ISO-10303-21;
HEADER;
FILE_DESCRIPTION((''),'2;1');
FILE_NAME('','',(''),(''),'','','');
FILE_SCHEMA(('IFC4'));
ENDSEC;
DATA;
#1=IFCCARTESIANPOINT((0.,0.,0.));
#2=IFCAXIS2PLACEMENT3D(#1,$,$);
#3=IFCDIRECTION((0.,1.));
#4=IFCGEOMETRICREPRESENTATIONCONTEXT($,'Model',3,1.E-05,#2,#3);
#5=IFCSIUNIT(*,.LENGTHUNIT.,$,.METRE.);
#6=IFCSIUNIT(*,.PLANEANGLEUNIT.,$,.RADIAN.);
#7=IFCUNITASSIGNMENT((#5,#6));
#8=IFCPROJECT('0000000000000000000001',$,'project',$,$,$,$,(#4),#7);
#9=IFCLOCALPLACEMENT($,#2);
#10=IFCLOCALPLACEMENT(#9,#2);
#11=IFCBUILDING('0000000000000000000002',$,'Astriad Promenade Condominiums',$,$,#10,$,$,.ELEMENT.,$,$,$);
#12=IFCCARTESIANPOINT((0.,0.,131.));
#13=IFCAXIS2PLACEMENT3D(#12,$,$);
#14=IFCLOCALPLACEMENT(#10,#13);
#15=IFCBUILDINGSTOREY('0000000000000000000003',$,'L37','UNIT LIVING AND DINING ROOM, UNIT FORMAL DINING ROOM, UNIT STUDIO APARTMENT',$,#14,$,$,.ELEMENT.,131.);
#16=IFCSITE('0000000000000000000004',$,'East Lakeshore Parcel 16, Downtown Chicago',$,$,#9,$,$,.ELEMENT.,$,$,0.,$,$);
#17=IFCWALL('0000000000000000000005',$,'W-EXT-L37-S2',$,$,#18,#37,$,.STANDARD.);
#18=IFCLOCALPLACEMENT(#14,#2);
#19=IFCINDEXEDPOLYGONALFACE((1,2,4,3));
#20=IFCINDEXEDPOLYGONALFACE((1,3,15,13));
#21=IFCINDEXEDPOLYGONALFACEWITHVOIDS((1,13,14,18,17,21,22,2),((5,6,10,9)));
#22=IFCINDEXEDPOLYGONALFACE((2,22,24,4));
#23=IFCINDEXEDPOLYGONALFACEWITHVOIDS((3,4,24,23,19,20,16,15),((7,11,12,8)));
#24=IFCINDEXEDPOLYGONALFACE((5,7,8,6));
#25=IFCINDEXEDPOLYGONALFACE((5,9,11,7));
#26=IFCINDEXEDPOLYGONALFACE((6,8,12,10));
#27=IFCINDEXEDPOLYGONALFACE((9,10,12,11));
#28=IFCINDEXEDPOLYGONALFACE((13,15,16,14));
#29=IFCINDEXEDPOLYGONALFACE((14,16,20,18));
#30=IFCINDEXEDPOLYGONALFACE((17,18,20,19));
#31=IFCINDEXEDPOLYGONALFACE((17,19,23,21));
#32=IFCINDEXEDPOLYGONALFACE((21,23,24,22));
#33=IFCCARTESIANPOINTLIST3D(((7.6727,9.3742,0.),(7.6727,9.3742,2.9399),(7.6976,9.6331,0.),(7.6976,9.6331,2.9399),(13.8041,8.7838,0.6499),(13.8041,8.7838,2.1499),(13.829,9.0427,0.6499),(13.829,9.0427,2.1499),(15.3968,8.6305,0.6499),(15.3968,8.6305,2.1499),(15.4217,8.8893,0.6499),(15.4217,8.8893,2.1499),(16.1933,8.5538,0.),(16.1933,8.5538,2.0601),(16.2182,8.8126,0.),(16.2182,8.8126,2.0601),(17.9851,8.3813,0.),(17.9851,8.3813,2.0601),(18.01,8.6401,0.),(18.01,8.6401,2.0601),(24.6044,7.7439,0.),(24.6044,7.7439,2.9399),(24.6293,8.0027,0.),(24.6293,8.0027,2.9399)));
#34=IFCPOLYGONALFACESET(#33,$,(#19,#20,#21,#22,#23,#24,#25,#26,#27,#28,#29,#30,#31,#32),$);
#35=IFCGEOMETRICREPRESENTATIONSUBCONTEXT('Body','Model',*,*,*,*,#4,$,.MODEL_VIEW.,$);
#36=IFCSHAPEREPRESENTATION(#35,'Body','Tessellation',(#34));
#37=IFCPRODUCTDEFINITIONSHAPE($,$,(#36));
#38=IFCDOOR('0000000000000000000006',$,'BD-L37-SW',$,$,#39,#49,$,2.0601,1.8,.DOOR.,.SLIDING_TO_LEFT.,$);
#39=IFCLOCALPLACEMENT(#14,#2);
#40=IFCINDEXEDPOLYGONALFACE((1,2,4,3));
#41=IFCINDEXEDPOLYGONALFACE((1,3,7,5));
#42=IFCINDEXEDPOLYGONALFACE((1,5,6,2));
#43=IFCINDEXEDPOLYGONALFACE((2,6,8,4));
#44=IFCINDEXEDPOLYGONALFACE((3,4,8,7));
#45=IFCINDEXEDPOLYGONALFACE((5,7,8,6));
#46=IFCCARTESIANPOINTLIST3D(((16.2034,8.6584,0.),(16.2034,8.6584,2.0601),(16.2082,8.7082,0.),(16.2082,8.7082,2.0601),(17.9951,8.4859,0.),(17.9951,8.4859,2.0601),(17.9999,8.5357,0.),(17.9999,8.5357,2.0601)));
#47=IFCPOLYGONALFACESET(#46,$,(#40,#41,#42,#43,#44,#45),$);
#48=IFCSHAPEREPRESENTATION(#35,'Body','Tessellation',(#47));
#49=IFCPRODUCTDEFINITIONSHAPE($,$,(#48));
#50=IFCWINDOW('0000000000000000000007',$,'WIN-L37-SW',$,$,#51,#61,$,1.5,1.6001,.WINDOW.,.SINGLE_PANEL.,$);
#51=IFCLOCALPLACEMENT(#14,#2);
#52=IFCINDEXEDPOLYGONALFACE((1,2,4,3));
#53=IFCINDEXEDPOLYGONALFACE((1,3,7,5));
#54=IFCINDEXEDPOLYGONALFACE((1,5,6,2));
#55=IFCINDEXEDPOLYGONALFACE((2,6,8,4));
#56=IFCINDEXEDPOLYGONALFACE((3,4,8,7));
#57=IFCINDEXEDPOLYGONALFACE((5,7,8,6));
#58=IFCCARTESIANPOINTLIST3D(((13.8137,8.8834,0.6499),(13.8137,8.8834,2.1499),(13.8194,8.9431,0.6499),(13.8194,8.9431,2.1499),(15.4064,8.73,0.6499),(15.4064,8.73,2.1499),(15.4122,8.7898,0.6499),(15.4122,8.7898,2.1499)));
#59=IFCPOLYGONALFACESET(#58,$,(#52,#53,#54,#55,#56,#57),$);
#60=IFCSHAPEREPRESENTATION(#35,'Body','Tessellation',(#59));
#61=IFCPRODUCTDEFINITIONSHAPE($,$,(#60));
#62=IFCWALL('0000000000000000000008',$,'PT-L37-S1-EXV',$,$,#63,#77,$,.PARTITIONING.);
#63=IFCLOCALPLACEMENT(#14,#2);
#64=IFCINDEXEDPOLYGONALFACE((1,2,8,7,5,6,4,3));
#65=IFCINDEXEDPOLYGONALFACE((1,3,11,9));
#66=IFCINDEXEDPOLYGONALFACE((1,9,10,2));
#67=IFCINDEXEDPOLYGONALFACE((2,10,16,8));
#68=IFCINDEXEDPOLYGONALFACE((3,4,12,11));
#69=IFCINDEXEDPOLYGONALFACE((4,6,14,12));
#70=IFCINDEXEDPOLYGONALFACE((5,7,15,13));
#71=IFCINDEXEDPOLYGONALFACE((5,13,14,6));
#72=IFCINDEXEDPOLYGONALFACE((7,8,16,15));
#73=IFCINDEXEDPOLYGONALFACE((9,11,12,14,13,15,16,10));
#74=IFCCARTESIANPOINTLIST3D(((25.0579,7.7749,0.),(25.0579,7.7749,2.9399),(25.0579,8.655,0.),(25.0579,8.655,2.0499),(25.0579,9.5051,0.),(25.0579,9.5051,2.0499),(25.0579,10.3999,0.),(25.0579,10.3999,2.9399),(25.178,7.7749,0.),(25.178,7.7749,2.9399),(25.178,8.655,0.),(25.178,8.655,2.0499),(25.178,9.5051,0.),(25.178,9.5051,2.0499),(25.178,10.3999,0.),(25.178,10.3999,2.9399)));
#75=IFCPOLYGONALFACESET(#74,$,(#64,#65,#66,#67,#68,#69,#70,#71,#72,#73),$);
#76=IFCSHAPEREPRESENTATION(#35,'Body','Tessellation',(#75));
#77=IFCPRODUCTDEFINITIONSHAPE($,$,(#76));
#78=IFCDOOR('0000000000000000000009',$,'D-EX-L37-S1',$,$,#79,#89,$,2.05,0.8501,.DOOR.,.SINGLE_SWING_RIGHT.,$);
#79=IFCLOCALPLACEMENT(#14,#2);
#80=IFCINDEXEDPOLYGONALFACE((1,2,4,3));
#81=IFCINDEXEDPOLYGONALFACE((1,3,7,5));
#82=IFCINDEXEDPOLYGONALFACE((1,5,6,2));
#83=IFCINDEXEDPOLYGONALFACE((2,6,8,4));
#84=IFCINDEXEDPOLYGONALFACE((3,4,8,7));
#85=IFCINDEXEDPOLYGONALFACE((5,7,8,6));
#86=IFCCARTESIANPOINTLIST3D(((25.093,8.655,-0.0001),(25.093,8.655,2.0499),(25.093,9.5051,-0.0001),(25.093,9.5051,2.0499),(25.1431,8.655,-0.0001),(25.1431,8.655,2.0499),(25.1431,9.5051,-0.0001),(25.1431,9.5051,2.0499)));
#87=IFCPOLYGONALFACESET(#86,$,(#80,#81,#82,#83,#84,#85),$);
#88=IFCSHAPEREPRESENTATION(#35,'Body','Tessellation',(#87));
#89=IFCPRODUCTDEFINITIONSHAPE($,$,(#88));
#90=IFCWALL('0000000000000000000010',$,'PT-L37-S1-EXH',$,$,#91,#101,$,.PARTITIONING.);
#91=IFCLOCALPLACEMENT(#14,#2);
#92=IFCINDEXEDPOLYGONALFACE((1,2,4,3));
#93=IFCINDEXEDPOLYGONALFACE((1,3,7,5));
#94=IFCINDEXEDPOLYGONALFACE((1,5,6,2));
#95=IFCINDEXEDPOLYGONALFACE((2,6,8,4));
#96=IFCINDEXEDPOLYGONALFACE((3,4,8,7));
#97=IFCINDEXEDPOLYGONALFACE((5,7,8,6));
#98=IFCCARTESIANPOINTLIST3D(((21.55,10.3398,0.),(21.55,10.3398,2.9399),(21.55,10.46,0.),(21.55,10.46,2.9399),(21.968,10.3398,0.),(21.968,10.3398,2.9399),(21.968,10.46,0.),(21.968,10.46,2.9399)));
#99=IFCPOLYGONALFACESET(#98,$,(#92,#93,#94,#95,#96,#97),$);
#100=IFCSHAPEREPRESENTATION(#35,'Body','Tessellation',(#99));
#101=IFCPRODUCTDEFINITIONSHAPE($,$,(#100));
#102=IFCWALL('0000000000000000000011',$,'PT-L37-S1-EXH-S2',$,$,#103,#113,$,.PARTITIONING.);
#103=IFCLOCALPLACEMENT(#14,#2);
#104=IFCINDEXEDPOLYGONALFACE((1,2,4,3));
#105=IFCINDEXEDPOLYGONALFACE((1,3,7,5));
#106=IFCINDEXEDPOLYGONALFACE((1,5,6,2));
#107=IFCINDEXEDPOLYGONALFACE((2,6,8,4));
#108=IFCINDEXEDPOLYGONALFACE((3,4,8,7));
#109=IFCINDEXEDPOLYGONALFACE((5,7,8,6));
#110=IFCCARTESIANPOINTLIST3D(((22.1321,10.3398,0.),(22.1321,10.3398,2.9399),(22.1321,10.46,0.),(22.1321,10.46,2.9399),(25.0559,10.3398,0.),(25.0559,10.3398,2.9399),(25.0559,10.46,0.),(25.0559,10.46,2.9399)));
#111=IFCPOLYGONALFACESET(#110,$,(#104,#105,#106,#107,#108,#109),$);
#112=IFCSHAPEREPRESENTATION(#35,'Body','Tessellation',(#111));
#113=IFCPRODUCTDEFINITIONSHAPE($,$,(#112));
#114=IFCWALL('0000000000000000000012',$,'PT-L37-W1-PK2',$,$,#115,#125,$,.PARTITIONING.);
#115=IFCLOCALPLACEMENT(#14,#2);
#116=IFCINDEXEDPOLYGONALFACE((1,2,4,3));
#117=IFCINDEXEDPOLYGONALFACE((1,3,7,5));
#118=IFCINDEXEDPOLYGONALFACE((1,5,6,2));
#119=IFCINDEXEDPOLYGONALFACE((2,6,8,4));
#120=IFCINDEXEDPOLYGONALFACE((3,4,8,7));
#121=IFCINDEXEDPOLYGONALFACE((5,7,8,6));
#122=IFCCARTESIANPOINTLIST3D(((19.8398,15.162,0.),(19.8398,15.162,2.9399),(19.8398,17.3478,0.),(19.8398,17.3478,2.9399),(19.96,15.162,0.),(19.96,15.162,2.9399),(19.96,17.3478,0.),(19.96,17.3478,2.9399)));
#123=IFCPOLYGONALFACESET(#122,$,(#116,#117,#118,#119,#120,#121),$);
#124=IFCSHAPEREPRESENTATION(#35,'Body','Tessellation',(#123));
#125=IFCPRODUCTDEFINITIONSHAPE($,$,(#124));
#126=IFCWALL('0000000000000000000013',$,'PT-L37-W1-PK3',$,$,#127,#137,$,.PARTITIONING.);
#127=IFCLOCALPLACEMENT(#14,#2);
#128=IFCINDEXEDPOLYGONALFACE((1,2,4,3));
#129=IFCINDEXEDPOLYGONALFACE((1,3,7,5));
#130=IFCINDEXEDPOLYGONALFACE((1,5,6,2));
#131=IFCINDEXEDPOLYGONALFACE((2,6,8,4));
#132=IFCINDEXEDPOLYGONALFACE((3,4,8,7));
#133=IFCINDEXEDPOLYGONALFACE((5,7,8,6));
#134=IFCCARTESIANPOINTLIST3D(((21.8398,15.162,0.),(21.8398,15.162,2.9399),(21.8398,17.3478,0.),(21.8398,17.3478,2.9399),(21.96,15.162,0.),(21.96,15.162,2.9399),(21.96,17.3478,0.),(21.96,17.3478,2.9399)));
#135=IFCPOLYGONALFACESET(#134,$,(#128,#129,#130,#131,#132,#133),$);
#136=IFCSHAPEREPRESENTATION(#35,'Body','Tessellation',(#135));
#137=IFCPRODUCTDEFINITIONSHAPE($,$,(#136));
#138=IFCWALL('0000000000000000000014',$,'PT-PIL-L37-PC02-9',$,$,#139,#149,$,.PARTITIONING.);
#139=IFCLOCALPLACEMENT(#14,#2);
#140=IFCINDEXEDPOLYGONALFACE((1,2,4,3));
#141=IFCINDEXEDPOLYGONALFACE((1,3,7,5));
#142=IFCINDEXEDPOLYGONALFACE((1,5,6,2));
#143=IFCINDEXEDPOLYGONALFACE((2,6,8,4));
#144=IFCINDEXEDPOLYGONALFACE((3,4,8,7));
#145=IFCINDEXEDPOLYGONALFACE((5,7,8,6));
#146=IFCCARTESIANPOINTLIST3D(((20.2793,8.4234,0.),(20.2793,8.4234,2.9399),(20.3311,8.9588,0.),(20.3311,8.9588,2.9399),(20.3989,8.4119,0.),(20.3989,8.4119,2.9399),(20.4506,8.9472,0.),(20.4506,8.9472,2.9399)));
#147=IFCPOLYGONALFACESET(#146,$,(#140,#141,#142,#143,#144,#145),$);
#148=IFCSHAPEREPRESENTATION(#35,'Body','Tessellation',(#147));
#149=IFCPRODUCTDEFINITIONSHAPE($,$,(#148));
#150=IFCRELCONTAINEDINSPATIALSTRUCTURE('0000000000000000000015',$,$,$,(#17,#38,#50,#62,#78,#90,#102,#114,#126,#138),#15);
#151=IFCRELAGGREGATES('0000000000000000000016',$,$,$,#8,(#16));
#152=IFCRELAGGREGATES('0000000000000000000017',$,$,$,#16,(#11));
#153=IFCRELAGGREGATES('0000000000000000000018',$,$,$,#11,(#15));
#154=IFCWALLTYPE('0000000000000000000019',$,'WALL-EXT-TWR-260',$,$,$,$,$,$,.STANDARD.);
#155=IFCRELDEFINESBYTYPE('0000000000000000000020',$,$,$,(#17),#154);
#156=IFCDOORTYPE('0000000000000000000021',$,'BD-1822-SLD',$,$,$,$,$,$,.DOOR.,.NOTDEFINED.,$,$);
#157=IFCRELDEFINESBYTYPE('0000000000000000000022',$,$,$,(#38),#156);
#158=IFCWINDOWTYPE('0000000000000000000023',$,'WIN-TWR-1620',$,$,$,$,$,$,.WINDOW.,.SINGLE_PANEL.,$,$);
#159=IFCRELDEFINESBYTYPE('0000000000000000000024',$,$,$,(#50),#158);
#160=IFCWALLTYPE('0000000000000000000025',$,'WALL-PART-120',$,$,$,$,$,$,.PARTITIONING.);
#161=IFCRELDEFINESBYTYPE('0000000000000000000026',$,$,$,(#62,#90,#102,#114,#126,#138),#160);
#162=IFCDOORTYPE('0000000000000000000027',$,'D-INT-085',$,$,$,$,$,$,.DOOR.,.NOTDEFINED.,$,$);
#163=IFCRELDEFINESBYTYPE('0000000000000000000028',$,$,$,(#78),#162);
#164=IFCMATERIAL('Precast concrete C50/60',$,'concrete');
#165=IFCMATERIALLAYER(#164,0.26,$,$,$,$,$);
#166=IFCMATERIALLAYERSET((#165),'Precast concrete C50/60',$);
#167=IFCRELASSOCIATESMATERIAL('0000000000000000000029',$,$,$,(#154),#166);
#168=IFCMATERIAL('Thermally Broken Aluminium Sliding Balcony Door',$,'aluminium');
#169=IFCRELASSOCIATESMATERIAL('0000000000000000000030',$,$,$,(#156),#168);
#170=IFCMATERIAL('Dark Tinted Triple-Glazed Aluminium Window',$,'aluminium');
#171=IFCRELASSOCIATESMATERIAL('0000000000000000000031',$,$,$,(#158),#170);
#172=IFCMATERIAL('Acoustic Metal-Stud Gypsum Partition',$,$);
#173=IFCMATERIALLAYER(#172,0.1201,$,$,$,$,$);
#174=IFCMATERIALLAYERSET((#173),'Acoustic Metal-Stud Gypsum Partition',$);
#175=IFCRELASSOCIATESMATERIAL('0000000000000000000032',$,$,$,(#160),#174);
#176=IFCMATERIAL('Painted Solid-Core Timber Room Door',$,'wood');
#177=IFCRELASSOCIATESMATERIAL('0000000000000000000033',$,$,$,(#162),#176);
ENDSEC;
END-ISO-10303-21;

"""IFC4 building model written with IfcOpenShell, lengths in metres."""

from ifc_helpers import new_model, si_unit, direction, frame, frame_2d, origin, place, context, subcontext, project, spatial, rectangle, extrude, source, transform, mapped, material, layer, layer_set, type_object, type_shapes, element, fill, save


model = new_model("IFC4")

# Units and contexts
model_context = context("Model", 3, precision=1e-05, world=origin(), true_north=direction((0.0, 1.0)))
body_context = subcontext(model_context, "Body", "Model", "MODEL_VIEW")
ifc_project = project(units=[si_unit("LENGTHUNIT", "METRE"), si_unit("PLANEANGLEUNIT", "RADIAN")], contexts=[model_context])

# Site, building, storey
site_placement = place(None, origin())
site = spatial("IfcSite", under=ifc_project, at=site_placement, Name="East Lakeshore Parcel 16, Downtown Chicago", CompositionType="ELEMENT", RefElevation=0.0)
building_placement = place(site_placement, origin())
building = spatial("IfcBuilding", under=site, at=building_placement, Name="Astriad Promenade Condominiums", CompositionType="ELEMENT")
storey_placement = place(building_placement, frame((0.0, 0.0, 131.0)))
storey = spatial("IfcBuildingStorey", under=building, at=storey_placement, Name="L37", Description="UNIT LIVING AND DINING ROOM, UNIT FORMAL DINING ROOM, UNIT STUDIO APARTMENT", CompositionType="ELEMENT", Elevation=131.0)

# Wall, openings, door, window
ifc_material_1 = material(Name="Precast concrete C50/60", Category="concrete")
ifc_layer_1 = layer(ifc_material_1, 0.26)
ifc_layer_set_1 = layer_set([ifc_layer_1], Name="Precast concrete C50/60")
wall_type_1 = type_object("IfcWallType", Name="WALL-EXT-TWR-260", PredefinedType="STANDARD", material=ifc_layer_set_1)
wall_1_placement = place(storey_placement, frame((24.6167, 7.8733, 0.0), z_axis=(0.0, 0.0, 1.0), x_axis=(-0.995396, 0.095848, 0.0)))
wall_1 = element("IfcWall", 1, at=wall_1_placement, inside=storey, type_object=wall_type_1, Name="W-EXT-L37-S2", PredefinedType="STANDARD", context=body_context, shape_type="SweptSolid", body=[
    extrude(rectangle(XDim=17.01, YDim=0.26, at=frame_2d((8.5049, 0.0))), origin(), (0.0, 0.0, 1.0), 2.9399),
])
opening_1_placement = place(wall_1_placement, frame((6.6499, 0.0, 0.0)))
opening_1 = element("IfcOpeningElement", 2, at=opening_1_placement, cuts=wall_1, PredefinedType="OPENING", context=body_context, shape_type="SweptSolid", body=[
    extrude(rectangle(XDim=1.8, YDim=2.0601, at=frame_2d((0.8999, 1.03))), frame((0.0, 0.1399, 0.0), z_axis=(0.0, -1.0, 0.0), x_axis=(1.0, 0.0, 0.0)), (0.0, 0.0, 1.0), 0.28),
])
opening_2_placement = place(wall_1_placement, frame((9.25, 0.0, 0.6499)))
opening_2 = element("IfcOpeningElement", 3, at=opening_2_placement, cuts=wall_1, PredefinedType="OPENING", context=body_context, shape_type="SweptSolid", body=[
    extrude(rectangle(XDim=1.6001, YDim=1.5, at=frame_2d((0.8, 0.75))), frame((0.0, 0.1399, 0.0), z_axis=(0.0, -1.0, 0.0), x_axis=(1.0, 0.0, 0.0)), (0.0, 0.0, 1.0), 0.28),
])
ifc_material_2 = material(Name="Thermally Broken Aluminium Sliding Balcony Door", Category="aluminium")
door_type_1 = type_object("IfcDoorType", Name="BD-1822-SLD", OperationType="NOTDEFINED", PredefinedType="DOOR", material=ifc_material_2)
shared_shape_1 = source(origin(), body_context, "Body", "SweptSolid", [
    extrude(rectangle(XDim=1.8, YDim=2.0601, at=frame_2d((0.8999, 1.03))), frame((0.0, 0.0249, 0.0), z_axis=(0.0, -1.0, 0.0), x_axis=(1.0, 0.0, 0.0)), (0.0, 0.0, 1.0), 0.05),
])
type_shapes(door_type_1, [shared_shape_1])
door_1_placement = place(opening_1_placement, origin())
door_1 = element("IfcDoor", 4, at=door_1_placement, inside=storey, type_object=door_type_1, Name="BD-L37-SW", OperationType="SLIDING_TO_LEFT", OverallHeight=2.0601, OverallWidth=1.8, PredefinedType="DOOR", context=body_context, shape_type="MappedRepresentation", body=[
    mapped(shared_shape_1, transform((0.0, 0.0, 0.0), scale=1.0)),
])
fill(opening_1, door_1)
ifc_material_3 = material(Name="Dark Tinted Triple-Glazed Aluminium Window", Category="aluminium")
window_type = type_object("IfcWindowType", Name="WIN-TWR-1620", PartitioningType="SINGLE_PANEL", PredefinedType="WINDOW", material=ifc_material_3)
shared_shape_2 = source(origin(), body_context, "Body", "SweptSolid", [
    extrude(rectangle(XDim=1.6001, YDim=1.5, at=frame_2d((0.8, 0.75))), frame((0.0, 0.03, 0.0), z_axis=(0.0, -1.0, 0.0), x_axis=(1.0, 0.0, 0.0)), (0.0, 0.0, 1.0), 0.0601),
])
type_shapes(window_type, [shared_shape_2])
window_placement = place(opening_2_placement, origin())
window = element("IfcWindow", 5, at=window_placement, inside=storey, type_object=window_type, Name="WIN-L37-SW", OverallHeight=1.5, OverallWidth=1.6001, PartitioningType="SINGLE_PANEL", PredefinedType="WINDOW", context=body_context, shape_type="MappedRepresentation", body=[
    mapped(shared_shape_2, transform((0.0, 0.0, 0.0), scale=1.0)),
])
fill(opening_2, window)

# Wall, opening, door
ifc_material_4 = material(Name="Acoustic Metal-Stud Gypsum Partition")
ifc_layer_2 = layer(ifc_material_4, 0.1201)
ifc_layer_set_2 = layer_set([ifc_layer_2], Name="Acoustic Metal-Stud Gypsum Partition")
wall_type_2 = type_object("IfcWallType", Name="WALL-PART-120", PredefinedType="PARTITIONING", material=ifc_layer_set_2)
wall_2_placement = place(storey_placement, frame((25.1179, 7.7749, 0.0), z_axis=(0.0, 0.0, 1.0), x_axis=(0.0, 1.0, 0.0)))
wall_2 = element("IfcWall", 6, at=wall_2_placement, inside=storey, type_object=wall_type_2, Name="PT-L37-S1-EXV", PredefinedType="PARTITIONING", context=body_context, shape_type="SweptSolid", body=[
    extrude(rectangle(XDim=2.625, YDim=0.1201, at=frame_2d((1.3125, 0.0))), origin(), (0.0, 0.0, 1.0), 2.9399),
])
opening_3_placement = place(wall_2_placement, frame((0.8801, 0.0, 0.0)))
opening_3 = element("IfcOpeningElement", 7, at=opening_3_placement, cuts=wall_2, PredefinedType="OPENING", context=body_context, shape_type="SweptSolid", body=[
    extrude(rectangle(XDim=0.8501, YDim=2.05, at=frame_2d((0.425, 1.0249))), frame((0.0, 0.0701, 0.0), z_axis=(0.0, -1.0, 0.0), x_axis=(1.0, 0.0, 0.0)), (0.0, 0.0, 1.0), 0.1401),
])
ifc_material_5 = material(Name="Painted Solid-Core Timber Room Door", Category="wood")
door_type_2 = type_object("IfcDoorType", Name="D-INT-085", OperationType="NOTDEFINED", PredefinedType="DOOR", material=ifc_material_5)
shared_shape_3 = source(origin(), body_context, "Body", "SweptSolid", [
    extrude(rectangle(XDim=0.8501, YDim=2.05, at=frame_2d((0.425, 1.0249))), frame((0.0, 0.0249, 0.0), z_axis=(0.0, -1.0, 0.0), x_axis=(1.0, 0.0, 0.0)), (0.0, 0.0, 1.0), 0.05),
])
type_shapes(door_type_2, [shared_shape_3])
door_2_placement = place(opening_3_placement, origin())
door_2 = element("IfcDoor", 8, at=door_2_placement, inside=storey, type_object=door_type_2, Name="D-EX-L37-S1", OperationType="SINGLE_SWING_RIGHT", OverallHeight=2.05, OverallWidth=0.8501, PredefinedType="DOOR", context=body_context, shape_type="MappedRepresentation", body=[
    mapped(shared_shape_3, transform((0.0, 0.0, 0.0), scale=1.0)),
])
fill(opening_3, door_2)

# Walls
wall_3_placement = place(storey_placement, frame((21.55, 10.3999, 0.0), z_axis=(0.0, 0.0, 1.0), x_axis=(1.0, 0.0, 0.0)))
element("IfcWall", 9, at=wall_3_placement, inside=storey, type_object=wall_type_2, Name="PT-L37-S1-EXH", PredefinedType="PARTITIONING", context=body_context, shape_type="SweptSolid", body=[
    extrude(rectangle(XDim=0.418, YDim=0.1201, at=frame_2d((0.209, 0.0))), origin(), (0.0, 0.0, 1.0), 2.9399),
])
wall_4_placement = place(storey_placement, frame((22.1321, 10.3999, 0.0), z_axis=(0.0, 0.0, 1.0), x_axis=(1.0, 0.0, 0.0)))
element("IfcWall", 10, at=wall_4_placement, inside=storey, type_object=wall_type_2, Name="PT-L37-S1-EXH-S2", PredefinedType="PARTITIONING", context=body_context, shape_type="SweptSolid", body=[
    extrude(rectangle(XDim=2.9238, YDim=0.1201, at=frame_2d((1.4619, 0.0))), origin(), (0.0, 0.0, 1.0), 2.9399),
])
for number, where, z_axis, x_axis, name in (
    (11, (19.8999, 15.1621, 0.0), (0.0, 0.0, 1.0), (0.0, 1.0, 0.0), "PT-L37-W1-PK2"),
    (12, (21.8999, 15.1621, 0.0), (0.0, 0.0, 1.0), (0.0, 1.0, 0.0), "PT-L37-W1-PK3"),
):
    element("IfcWall", number, at=place(storey_placement, frame(where, z_axis=z_axis, x_axis=x_axis)), inside=storey, type_object=wall_type_2, Name=name, PredefinedType="PARTITIONING", context=body_context, shape_type="SweptSolid", body=[
        extrude(rectangle(XDim=2.1858, YDim=0.1201, at=frame_2d((1.0928, 0.0))), origin(), (0.0, 0.0, 1.0), 2.9399),
    ])
wall_5_placement = place(storey_placement, frame((20.3909, 8.9531, 0.0), z_axis=(0.0, 0.0, 1.0), x_axis=(-0.096223, -0.99536, 0.0)))
element("IfcWall", 13, at=wall_5_placement, inside=storey, type_object=wall_type_2, Name="PT-PIL-L37-PC02-9", PredefinedType="PARTITIONING", context=body_context, shape_type="SweptSolid", body=[
    extrude(rectangle(XDim=0.5378, YDim=0.1201, at=frame_2d((0.269, 0.0))), origin(), (0.0, 0.0, 1.0), 2.9399),
])

save(model, "model.ifc")
